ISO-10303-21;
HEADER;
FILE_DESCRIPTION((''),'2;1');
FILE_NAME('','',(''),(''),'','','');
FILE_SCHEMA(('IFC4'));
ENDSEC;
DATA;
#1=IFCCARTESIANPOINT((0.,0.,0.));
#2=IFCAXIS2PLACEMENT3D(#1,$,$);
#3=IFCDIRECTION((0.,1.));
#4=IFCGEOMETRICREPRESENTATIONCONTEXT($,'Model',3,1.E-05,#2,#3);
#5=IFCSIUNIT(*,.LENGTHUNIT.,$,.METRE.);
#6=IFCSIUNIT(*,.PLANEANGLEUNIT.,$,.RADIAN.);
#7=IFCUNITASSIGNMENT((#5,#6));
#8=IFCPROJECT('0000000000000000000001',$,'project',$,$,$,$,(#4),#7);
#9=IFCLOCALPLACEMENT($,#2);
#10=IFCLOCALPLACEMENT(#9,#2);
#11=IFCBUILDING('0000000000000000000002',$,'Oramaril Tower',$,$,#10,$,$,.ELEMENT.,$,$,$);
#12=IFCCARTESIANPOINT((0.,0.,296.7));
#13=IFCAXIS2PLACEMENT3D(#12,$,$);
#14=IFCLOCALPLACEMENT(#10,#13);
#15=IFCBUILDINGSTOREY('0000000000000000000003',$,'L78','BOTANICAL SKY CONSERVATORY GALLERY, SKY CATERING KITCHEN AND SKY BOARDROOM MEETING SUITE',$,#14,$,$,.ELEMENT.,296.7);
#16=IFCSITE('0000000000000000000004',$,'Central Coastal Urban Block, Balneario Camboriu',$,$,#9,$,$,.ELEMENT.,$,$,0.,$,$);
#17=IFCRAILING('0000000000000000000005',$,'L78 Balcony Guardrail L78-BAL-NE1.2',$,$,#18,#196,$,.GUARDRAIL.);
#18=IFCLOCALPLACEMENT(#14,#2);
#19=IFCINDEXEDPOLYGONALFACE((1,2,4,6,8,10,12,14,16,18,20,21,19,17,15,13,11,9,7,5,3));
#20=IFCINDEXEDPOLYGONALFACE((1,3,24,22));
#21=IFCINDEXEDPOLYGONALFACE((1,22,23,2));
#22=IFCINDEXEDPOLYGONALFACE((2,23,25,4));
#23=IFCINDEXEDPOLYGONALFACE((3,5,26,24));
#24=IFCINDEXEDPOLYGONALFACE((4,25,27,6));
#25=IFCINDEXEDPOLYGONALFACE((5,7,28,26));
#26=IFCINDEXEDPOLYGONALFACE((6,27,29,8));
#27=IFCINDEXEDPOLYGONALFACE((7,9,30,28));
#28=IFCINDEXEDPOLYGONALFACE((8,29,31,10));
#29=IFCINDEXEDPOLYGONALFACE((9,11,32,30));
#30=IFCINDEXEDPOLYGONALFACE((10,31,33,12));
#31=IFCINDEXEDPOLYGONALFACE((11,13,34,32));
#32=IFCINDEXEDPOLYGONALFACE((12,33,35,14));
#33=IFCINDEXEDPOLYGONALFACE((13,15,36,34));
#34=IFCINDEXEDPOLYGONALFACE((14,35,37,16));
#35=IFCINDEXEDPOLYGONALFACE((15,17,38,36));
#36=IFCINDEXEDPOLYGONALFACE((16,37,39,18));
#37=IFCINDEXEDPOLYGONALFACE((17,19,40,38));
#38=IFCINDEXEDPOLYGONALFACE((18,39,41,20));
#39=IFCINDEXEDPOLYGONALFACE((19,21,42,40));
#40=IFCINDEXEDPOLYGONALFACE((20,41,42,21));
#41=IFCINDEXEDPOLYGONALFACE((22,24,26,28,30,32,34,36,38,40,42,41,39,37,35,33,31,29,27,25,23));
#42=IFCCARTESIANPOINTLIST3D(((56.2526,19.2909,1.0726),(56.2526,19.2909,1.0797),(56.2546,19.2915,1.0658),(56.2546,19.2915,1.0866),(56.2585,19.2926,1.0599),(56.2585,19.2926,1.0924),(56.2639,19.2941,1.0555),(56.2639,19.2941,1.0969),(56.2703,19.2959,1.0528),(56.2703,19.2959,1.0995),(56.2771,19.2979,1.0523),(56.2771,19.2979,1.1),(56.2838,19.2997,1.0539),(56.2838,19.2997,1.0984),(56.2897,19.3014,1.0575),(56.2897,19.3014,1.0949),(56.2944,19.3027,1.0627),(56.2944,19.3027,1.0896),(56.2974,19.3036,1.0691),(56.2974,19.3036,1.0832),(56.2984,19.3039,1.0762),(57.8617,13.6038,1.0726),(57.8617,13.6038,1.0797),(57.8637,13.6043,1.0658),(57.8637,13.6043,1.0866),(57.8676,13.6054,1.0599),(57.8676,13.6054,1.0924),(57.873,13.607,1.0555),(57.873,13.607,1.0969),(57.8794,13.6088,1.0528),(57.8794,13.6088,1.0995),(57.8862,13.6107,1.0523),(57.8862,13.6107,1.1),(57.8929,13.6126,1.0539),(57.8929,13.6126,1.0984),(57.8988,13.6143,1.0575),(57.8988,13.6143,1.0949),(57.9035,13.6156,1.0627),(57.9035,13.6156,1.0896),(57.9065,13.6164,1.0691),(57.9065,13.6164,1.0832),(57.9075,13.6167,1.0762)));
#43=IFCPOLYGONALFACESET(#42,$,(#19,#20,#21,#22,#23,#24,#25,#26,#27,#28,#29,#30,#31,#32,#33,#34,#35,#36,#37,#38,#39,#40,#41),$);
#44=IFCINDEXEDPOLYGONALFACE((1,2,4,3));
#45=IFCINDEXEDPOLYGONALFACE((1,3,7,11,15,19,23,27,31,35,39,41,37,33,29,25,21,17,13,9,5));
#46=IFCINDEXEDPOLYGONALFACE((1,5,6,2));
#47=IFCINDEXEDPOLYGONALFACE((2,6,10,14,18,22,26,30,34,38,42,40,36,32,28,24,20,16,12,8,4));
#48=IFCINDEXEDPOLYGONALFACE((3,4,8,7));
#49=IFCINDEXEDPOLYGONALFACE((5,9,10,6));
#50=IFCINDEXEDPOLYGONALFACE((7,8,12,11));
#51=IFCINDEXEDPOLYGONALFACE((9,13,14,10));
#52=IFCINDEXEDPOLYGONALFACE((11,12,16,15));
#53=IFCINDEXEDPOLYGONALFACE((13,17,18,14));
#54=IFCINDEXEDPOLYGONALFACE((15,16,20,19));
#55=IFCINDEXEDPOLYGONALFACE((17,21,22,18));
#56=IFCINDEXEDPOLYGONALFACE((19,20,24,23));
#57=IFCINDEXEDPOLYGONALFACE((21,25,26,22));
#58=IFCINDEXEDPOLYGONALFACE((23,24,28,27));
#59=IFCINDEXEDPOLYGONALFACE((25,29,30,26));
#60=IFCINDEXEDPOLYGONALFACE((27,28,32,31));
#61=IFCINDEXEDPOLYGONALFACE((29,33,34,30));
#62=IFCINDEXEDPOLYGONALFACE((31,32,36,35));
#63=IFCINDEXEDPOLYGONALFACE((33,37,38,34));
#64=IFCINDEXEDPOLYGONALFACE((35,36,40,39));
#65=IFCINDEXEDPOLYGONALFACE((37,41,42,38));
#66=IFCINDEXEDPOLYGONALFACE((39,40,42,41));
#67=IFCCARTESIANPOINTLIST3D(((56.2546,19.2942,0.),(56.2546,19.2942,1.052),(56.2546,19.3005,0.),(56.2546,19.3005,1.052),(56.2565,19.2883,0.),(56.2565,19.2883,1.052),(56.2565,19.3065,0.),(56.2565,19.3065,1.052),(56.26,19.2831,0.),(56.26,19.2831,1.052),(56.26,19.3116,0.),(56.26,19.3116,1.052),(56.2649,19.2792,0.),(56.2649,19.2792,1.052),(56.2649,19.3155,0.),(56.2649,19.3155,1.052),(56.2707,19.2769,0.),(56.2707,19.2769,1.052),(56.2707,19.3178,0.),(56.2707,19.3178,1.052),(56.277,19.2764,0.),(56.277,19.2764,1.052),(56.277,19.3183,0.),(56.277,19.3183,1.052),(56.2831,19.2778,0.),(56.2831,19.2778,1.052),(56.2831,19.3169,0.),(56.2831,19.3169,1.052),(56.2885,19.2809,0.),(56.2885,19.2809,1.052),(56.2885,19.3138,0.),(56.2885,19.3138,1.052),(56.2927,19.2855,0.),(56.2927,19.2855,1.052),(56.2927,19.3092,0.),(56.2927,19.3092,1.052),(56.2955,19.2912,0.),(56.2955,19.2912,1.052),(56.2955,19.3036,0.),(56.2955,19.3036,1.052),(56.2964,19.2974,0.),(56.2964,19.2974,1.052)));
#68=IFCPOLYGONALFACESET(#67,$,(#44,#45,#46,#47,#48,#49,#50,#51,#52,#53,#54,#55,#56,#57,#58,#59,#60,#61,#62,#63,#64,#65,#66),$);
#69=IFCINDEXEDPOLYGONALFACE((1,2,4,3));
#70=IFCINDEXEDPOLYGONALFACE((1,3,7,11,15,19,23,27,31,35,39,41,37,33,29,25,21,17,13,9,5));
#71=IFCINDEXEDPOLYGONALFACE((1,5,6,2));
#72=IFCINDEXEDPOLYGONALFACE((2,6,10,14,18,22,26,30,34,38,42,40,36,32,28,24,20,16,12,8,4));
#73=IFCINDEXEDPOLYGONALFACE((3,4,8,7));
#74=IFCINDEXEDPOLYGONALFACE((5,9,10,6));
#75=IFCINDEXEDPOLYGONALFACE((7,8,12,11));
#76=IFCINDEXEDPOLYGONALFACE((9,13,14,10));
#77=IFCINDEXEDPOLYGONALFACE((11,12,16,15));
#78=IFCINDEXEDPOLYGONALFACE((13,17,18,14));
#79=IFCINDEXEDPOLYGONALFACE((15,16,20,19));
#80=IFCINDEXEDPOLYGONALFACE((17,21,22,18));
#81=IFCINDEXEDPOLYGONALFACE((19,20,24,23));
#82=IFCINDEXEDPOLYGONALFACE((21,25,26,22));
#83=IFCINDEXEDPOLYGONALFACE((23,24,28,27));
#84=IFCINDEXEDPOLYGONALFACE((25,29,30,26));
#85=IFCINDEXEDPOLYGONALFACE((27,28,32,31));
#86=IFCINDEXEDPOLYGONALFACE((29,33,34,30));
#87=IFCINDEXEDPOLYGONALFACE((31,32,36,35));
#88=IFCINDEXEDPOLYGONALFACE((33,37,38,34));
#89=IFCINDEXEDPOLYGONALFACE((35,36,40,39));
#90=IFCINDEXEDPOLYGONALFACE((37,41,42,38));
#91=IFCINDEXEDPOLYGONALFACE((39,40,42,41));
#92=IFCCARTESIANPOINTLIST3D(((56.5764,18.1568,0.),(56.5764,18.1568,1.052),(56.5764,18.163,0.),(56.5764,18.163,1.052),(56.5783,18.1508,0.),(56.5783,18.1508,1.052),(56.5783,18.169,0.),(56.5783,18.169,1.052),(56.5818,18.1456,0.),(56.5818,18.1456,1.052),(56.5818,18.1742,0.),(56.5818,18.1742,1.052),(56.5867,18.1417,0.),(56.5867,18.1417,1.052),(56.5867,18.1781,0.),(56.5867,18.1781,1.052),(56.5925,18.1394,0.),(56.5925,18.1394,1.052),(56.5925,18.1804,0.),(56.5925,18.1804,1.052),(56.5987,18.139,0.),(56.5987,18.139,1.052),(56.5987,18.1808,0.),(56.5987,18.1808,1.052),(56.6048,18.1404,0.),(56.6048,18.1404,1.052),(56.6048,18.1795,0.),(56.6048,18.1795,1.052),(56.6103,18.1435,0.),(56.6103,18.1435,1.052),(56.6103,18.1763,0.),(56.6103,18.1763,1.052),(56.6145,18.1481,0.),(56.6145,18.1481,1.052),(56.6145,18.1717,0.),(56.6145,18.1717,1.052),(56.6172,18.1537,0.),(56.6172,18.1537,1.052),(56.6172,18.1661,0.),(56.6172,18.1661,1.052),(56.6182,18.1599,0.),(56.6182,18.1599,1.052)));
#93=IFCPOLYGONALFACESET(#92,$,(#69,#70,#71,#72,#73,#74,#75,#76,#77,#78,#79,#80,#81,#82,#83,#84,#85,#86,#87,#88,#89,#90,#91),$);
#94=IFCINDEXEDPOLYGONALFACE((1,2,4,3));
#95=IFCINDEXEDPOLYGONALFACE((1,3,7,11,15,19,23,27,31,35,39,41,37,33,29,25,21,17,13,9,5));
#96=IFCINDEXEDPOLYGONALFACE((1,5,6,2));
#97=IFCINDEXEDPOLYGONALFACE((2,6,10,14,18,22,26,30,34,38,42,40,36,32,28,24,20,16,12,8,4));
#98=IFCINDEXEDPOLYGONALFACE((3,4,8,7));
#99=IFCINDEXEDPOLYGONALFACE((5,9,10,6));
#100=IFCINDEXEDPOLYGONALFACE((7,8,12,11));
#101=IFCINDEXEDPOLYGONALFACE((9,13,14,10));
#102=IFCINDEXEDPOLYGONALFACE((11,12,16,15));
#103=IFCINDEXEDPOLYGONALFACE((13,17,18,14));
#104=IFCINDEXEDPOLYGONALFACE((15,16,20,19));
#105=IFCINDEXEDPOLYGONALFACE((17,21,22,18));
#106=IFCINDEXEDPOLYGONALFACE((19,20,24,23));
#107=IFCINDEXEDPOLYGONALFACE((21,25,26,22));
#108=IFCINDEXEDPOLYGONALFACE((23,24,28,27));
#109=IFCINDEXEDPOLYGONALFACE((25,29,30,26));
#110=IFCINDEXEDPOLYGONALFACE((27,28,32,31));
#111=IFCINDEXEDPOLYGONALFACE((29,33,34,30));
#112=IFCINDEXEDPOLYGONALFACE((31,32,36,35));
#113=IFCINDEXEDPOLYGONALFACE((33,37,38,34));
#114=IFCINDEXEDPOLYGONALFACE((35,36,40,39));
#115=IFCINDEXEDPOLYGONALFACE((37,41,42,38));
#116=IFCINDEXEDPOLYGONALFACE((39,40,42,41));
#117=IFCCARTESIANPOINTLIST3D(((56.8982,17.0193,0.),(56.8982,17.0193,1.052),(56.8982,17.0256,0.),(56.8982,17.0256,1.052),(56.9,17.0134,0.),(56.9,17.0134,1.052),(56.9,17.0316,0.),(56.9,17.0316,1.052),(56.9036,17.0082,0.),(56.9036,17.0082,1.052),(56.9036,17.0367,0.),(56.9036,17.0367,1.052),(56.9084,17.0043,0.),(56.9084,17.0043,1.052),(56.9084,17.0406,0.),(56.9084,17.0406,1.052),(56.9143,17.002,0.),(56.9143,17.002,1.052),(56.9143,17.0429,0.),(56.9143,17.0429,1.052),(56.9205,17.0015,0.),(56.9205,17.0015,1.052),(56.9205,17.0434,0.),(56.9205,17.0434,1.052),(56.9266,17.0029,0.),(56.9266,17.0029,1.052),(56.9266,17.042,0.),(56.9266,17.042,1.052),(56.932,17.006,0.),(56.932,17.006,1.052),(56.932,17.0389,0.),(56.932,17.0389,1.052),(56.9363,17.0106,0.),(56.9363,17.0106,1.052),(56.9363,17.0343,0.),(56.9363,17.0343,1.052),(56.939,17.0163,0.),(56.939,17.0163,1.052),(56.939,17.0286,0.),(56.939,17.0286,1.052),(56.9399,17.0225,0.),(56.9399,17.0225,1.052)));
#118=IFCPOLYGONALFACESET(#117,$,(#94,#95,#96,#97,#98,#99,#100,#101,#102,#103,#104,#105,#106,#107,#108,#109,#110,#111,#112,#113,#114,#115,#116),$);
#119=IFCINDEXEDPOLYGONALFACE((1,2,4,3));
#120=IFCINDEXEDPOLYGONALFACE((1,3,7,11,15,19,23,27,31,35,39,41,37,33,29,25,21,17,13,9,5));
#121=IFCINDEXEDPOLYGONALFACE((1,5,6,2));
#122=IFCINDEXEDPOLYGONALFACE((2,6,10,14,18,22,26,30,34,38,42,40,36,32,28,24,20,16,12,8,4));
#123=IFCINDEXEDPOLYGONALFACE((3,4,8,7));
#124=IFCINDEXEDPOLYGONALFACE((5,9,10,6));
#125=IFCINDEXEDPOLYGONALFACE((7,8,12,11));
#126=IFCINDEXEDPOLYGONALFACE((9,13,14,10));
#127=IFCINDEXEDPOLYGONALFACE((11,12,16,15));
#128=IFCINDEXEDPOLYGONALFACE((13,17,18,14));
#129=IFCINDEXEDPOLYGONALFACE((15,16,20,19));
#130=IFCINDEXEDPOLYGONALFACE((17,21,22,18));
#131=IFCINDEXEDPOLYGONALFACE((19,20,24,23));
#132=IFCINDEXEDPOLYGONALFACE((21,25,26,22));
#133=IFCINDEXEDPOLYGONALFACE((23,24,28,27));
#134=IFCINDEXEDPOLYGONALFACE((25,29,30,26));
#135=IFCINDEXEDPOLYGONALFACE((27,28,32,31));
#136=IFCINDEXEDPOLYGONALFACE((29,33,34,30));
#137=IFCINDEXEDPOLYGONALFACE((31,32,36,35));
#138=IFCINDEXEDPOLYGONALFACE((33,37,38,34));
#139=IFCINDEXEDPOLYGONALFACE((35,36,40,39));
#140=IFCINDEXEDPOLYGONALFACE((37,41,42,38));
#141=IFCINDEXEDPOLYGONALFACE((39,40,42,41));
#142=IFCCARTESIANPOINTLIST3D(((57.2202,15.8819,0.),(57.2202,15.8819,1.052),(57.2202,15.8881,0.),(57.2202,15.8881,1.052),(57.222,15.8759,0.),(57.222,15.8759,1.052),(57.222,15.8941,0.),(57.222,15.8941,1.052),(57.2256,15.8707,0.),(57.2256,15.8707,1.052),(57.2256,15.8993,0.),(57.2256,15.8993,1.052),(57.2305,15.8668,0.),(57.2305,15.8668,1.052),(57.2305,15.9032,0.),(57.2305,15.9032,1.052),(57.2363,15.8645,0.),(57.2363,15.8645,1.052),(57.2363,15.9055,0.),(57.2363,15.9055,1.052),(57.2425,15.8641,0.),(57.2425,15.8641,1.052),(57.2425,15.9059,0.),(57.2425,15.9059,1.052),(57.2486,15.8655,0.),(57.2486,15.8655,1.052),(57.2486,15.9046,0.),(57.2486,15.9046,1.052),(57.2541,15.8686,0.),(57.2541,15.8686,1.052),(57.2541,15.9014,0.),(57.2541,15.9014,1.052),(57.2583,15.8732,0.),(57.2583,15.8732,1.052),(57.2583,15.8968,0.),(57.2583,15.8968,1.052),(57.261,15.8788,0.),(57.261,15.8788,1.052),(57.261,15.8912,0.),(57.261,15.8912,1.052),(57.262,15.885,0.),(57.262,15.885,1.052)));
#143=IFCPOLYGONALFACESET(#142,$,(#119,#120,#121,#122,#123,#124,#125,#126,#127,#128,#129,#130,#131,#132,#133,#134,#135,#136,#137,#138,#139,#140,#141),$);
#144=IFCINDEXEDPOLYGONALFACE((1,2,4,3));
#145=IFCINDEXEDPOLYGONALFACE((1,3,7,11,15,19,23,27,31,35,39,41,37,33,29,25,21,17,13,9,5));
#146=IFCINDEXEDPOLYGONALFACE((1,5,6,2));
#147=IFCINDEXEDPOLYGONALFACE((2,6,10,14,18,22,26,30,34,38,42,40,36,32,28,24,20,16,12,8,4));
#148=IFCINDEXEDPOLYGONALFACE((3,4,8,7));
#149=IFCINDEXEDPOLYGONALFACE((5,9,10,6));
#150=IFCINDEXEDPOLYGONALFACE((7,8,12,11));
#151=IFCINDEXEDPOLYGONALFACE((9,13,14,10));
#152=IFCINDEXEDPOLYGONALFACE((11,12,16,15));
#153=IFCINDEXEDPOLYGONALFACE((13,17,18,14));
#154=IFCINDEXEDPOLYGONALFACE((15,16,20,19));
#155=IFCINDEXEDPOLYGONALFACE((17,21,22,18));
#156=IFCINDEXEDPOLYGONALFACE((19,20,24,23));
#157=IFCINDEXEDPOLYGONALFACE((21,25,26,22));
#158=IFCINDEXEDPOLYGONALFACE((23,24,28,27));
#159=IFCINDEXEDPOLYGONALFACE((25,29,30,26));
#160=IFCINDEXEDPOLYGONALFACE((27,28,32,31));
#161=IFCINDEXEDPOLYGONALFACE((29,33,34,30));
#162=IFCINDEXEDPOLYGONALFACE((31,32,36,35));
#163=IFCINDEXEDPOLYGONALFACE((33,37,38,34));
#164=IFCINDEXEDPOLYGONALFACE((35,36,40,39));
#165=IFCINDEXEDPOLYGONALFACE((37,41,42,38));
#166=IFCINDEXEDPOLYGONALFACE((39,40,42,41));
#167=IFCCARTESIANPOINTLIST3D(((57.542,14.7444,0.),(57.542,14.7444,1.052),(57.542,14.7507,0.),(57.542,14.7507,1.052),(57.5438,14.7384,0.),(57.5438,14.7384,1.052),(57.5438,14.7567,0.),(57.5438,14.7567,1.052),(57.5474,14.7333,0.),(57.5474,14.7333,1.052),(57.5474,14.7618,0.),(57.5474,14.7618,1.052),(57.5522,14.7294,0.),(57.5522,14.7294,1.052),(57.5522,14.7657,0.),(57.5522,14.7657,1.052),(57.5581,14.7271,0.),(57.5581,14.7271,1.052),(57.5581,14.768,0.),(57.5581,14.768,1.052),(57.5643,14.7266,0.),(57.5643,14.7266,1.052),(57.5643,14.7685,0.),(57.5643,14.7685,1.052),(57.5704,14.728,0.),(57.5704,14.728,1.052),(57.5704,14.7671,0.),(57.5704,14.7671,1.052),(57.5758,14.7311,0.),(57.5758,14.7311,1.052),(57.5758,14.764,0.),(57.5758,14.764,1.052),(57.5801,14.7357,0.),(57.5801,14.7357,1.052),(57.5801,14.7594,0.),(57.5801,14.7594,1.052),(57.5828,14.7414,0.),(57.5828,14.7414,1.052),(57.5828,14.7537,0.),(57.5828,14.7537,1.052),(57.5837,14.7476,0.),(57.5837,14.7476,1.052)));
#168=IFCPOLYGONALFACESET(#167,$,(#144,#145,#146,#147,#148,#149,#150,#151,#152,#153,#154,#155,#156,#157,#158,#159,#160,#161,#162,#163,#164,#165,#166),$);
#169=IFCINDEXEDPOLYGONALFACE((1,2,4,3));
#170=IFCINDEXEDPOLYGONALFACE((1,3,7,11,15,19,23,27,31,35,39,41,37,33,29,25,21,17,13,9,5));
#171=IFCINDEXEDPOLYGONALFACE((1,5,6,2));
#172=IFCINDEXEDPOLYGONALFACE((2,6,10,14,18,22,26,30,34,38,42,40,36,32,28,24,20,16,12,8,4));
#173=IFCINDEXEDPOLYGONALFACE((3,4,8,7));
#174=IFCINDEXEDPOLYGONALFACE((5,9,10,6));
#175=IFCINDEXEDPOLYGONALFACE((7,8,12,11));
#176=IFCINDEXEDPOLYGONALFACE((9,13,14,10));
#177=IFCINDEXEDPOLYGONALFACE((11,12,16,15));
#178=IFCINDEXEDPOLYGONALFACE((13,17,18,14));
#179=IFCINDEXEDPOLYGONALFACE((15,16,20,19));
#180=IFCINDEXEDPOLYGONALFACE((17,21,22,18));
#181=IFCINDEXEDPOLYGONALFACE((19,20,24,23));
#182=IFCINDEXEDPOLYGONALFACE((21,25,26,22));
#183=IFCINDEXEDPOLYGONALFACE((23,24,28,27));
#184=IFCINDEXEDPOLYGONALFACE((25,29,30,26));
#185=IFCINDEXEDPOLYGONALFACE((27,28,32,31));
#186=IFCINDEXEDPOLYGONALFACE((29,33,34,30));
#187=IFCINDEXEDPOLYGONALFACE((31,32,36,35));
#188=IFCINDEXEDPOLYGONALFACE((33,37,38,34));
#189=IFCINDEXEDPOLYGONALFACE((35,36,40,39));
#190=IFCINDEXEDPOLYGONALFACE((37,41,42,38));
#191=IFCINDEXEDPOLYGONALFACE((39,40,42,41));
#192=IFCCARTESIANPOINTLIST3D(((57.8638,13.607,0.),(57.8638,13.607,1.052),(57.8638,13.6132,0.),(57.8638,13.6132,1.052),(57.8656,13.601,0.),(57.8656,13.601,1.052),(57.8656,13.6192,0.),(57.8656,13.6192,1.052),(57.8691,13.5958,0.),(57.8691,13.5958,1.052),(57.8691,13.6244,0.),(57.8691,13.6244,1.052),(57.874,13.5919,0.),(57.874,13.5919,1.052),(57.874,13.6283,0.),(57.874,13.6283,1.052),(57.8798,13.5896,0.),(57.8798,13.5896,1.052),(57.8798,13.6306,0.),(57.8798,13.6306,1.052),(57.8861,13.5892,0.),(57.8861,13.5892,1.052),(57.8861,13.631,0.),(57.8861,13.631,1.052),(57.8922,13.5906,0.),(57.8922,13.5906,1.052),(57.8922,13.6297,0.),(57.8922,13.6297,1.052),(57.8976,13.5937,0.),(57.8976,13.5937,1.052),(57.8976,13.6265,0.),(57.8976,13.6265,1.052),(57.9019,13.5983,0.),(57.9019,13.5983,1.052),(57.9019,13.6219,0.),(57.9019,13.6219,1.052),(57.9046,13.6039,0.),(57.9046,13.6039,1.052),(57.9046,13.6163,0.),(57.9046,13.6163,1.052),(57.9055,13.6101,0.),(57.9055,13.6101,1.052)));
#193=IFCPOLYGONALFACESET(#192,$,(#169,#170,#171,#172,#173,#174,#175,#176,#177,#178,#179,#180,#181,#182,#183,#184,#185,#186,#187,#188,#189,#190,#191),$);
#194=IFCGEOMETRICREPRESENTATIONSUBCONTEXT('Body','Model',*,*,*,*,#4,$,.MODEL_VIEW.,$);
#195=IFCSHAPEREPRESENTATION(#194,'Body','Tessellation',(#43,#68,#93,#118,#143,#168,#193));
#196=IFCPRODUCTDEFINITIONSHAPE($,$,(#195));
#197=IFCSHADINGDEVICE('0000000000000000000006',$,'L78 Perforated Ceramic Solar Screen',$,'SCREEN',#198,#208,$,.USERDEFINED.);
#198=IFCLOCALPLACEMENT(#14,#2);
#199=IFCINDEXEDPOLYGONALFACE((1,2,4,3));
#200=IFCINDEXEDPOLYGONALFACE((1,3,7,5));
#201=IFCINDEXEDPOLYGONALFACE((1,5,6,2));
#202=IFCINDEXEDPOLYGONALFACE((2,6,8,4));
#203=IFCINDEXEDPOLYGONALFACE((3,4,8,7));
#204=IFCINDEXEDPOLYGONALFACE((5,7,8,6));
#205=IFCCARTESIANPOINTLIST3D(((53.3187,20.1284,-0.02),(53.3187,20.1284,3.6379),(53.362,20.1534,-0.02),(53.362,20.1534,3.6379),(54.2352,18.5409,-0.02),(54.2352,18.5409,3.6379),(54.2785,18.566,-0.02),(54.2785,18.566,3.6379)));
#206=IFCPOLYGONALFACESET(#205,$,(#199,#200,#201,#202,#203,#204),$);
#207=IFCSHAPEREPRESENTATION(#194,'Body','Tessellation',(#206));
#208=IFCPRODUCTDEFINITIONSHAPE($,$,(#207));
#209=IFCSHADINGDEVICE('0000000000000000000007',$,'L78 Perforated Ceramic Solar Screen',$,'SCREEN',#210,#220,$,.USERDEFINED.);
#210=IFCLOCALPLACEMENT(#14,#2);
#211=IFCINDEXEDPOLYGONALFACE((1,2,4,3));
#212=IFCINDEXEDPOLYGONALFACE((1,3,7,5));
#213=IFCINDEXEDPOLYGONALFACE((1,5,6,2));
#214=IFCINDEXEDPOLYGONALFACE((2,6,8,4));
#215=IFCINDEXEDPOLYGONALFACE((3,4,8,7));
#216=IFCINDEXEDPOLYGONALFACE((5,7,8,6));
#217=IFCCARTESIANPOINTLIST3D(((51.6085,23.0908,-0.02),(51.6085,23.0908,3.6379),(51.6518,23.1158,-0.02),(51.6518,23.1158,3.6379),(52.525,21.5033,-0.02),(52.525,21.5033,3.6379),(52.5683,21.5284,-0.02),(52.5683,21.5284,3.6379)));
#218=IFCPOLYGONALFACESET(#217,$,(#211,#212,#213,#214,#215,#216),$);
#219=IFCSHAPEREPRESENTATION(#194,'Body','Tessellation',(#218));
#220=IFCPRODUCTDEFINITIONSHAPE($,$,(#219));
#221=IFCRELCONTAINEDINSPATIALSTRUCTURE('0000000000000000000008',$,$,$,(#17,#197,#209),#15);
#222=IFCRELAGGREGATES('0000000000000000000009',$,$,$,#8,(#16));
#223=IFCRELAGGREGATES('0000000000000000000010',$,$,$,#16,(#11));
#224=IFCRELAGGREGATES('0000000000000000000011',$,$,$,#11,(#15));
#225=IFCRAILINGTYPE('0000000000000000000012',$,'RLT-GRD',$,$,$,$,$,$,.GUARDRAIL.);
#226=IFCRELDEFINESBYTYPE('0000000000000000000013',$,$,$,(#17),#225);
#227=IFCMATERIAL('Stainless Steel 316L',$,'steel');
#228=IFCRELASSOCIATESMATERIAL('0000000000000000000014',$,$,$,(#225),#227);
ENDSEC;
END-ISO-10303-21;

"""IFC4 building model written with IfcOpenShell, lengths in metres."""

from ifc_helpers import new_model, si_unit, direction, frame, origin, origin_2d, place, context, subcontext, project, spatial, rectangle, circle, extrude, material, type_object, element, save


model = new_model("IFC4")

# Units and contexts
model_context = context("Model", 3, precision=1e-05, world=origin(), true_north=direction((0.0, 1.0)))
body_context = subcontext(model_context, "Body", "Model", "MODEL_VIEW")
ifc_project = project(units=[si_unit("LENGTHUNIT", "METRE"), si_unit("PLANEANGLEUNIT", "RADIAN")], contexts=[model_context])

# Site, building, storey
site_placement = place(None, origin())
site = spatial("IfcSite", under=ifc_project, at=site_placement, Name="Central Coastal Urban Block, Balneario Camboriu", CompositionType="ELEMENT", RefElevation=0.0)
building_placement = place(site_placement, origin())
building = spatial("IfcBuilding", under=site, at=building_placement, Name="Oramaril Tower", CompositionType="ELEMENT")
storey_placement = place(building_placement, frame((0.0, 0.0, 296.7)))
storey = spatial("IfcBuildingStorey", under=building, at=storey_placement, Name="L78", Description="BOTANICAL SKY CONSERVATORY GALLERY, SKY CATERING KITCHEN AND SKY BOARDROOM MEETING SUITE", CompositionType="ELEMENT", Elevation=296.7)

# Railing
ifc_material_1 = material(Name="Stainless Steel 316L", Category="steel")
railing_type = type_object("IfcRailingType", Name="RLT-GRD", PredefinedType="GUARDRAIL", material=ifc_material_1)
railing_1_placement = place(storey_placement, frame((56.2754, 19.2974, 0.0)))
element("IfcRailing", 1, at=railing_1_placement, inside=storey, type_object=railing_type, Name="L78 Balcony Guardrail L78-BAL-NE1.2", PredefinedType="GUARDRAIL", context=body_context, shape_type="SweptSolid", body=[
    extrude(circle(Radius=0.0239, at=origin_2d()), frame((0.0, 0.0, 1.0762), z_axis=(0.272249, -0.962227, 0.0), x_axis=(0.962227, 0.272249, 0.0)), (0.0, 0.0, 1.0), 5.9104),
    extrude(circle(Radius=0.021, at=origin_2d()), origin(), (0.0, 0.0, 1.0), 1.052),
    extrude(circle(Radius=0.021, at=origin_2d()), frame((0.3218, -1.1375, 0.0)), (0.0, 0.0, 1.0), 1.052),
    extrude(circle(Radius=0.021, at=origin_2d()), frame((0.6436, -2.2749, 0.0)), (0.0, 0.0, 1.0), 1.052),
    extrude(circle(Radius=0.021, at=origin_2d()), frame((0.9656, -3.4124, 0.0)), (0.0, 0.0, 1.0), 1.052),
    extrude(circle(Radius=0.021, at=origin_2d()), frame((1.2874, -4.5498, 0.0)), (0.0, 0.0, 1.0), 1.052),
    extrude(circle(Radius=0.021, at=origin_2d()), frame((1.6091, -5.6873, 0.0)), (0.0, 0.0, 1.0), 1.052),
])

# Shading devices
for number, where, z_axis, x_axis, name in (
    (2, (53.7986, 19.3472, -0.02), (0.0, 0.0, 1.0), (-0.499997, 0.866027, 0.0), "L78 Perforated Ceramic Solar Screen"),
    (3, (52.0884, 22.3096, -0.02), (0.0, 0.0, 1.0), (-0.499997, 0.866027, 0.0), "L78 Perforated Ceramic Solar Screen"),
):
    element("IfcShadingDevice", number, at=place(storey_placement, frame(where, z_axis=z_axis, x_axis=x_axis)), inside=storey, Name=name, ObjectType="SCREEN", PredefinedType="USERDEFINED", context=body_context, shape_type="SweptSolid", body=[
        extrude(rectangle(XDim=1.833, YDim=0.05, at=origin_2d()), origin(), (0.0, 0.0, 1.0), 3.658),
    ])

save(model, "model.ifc")
